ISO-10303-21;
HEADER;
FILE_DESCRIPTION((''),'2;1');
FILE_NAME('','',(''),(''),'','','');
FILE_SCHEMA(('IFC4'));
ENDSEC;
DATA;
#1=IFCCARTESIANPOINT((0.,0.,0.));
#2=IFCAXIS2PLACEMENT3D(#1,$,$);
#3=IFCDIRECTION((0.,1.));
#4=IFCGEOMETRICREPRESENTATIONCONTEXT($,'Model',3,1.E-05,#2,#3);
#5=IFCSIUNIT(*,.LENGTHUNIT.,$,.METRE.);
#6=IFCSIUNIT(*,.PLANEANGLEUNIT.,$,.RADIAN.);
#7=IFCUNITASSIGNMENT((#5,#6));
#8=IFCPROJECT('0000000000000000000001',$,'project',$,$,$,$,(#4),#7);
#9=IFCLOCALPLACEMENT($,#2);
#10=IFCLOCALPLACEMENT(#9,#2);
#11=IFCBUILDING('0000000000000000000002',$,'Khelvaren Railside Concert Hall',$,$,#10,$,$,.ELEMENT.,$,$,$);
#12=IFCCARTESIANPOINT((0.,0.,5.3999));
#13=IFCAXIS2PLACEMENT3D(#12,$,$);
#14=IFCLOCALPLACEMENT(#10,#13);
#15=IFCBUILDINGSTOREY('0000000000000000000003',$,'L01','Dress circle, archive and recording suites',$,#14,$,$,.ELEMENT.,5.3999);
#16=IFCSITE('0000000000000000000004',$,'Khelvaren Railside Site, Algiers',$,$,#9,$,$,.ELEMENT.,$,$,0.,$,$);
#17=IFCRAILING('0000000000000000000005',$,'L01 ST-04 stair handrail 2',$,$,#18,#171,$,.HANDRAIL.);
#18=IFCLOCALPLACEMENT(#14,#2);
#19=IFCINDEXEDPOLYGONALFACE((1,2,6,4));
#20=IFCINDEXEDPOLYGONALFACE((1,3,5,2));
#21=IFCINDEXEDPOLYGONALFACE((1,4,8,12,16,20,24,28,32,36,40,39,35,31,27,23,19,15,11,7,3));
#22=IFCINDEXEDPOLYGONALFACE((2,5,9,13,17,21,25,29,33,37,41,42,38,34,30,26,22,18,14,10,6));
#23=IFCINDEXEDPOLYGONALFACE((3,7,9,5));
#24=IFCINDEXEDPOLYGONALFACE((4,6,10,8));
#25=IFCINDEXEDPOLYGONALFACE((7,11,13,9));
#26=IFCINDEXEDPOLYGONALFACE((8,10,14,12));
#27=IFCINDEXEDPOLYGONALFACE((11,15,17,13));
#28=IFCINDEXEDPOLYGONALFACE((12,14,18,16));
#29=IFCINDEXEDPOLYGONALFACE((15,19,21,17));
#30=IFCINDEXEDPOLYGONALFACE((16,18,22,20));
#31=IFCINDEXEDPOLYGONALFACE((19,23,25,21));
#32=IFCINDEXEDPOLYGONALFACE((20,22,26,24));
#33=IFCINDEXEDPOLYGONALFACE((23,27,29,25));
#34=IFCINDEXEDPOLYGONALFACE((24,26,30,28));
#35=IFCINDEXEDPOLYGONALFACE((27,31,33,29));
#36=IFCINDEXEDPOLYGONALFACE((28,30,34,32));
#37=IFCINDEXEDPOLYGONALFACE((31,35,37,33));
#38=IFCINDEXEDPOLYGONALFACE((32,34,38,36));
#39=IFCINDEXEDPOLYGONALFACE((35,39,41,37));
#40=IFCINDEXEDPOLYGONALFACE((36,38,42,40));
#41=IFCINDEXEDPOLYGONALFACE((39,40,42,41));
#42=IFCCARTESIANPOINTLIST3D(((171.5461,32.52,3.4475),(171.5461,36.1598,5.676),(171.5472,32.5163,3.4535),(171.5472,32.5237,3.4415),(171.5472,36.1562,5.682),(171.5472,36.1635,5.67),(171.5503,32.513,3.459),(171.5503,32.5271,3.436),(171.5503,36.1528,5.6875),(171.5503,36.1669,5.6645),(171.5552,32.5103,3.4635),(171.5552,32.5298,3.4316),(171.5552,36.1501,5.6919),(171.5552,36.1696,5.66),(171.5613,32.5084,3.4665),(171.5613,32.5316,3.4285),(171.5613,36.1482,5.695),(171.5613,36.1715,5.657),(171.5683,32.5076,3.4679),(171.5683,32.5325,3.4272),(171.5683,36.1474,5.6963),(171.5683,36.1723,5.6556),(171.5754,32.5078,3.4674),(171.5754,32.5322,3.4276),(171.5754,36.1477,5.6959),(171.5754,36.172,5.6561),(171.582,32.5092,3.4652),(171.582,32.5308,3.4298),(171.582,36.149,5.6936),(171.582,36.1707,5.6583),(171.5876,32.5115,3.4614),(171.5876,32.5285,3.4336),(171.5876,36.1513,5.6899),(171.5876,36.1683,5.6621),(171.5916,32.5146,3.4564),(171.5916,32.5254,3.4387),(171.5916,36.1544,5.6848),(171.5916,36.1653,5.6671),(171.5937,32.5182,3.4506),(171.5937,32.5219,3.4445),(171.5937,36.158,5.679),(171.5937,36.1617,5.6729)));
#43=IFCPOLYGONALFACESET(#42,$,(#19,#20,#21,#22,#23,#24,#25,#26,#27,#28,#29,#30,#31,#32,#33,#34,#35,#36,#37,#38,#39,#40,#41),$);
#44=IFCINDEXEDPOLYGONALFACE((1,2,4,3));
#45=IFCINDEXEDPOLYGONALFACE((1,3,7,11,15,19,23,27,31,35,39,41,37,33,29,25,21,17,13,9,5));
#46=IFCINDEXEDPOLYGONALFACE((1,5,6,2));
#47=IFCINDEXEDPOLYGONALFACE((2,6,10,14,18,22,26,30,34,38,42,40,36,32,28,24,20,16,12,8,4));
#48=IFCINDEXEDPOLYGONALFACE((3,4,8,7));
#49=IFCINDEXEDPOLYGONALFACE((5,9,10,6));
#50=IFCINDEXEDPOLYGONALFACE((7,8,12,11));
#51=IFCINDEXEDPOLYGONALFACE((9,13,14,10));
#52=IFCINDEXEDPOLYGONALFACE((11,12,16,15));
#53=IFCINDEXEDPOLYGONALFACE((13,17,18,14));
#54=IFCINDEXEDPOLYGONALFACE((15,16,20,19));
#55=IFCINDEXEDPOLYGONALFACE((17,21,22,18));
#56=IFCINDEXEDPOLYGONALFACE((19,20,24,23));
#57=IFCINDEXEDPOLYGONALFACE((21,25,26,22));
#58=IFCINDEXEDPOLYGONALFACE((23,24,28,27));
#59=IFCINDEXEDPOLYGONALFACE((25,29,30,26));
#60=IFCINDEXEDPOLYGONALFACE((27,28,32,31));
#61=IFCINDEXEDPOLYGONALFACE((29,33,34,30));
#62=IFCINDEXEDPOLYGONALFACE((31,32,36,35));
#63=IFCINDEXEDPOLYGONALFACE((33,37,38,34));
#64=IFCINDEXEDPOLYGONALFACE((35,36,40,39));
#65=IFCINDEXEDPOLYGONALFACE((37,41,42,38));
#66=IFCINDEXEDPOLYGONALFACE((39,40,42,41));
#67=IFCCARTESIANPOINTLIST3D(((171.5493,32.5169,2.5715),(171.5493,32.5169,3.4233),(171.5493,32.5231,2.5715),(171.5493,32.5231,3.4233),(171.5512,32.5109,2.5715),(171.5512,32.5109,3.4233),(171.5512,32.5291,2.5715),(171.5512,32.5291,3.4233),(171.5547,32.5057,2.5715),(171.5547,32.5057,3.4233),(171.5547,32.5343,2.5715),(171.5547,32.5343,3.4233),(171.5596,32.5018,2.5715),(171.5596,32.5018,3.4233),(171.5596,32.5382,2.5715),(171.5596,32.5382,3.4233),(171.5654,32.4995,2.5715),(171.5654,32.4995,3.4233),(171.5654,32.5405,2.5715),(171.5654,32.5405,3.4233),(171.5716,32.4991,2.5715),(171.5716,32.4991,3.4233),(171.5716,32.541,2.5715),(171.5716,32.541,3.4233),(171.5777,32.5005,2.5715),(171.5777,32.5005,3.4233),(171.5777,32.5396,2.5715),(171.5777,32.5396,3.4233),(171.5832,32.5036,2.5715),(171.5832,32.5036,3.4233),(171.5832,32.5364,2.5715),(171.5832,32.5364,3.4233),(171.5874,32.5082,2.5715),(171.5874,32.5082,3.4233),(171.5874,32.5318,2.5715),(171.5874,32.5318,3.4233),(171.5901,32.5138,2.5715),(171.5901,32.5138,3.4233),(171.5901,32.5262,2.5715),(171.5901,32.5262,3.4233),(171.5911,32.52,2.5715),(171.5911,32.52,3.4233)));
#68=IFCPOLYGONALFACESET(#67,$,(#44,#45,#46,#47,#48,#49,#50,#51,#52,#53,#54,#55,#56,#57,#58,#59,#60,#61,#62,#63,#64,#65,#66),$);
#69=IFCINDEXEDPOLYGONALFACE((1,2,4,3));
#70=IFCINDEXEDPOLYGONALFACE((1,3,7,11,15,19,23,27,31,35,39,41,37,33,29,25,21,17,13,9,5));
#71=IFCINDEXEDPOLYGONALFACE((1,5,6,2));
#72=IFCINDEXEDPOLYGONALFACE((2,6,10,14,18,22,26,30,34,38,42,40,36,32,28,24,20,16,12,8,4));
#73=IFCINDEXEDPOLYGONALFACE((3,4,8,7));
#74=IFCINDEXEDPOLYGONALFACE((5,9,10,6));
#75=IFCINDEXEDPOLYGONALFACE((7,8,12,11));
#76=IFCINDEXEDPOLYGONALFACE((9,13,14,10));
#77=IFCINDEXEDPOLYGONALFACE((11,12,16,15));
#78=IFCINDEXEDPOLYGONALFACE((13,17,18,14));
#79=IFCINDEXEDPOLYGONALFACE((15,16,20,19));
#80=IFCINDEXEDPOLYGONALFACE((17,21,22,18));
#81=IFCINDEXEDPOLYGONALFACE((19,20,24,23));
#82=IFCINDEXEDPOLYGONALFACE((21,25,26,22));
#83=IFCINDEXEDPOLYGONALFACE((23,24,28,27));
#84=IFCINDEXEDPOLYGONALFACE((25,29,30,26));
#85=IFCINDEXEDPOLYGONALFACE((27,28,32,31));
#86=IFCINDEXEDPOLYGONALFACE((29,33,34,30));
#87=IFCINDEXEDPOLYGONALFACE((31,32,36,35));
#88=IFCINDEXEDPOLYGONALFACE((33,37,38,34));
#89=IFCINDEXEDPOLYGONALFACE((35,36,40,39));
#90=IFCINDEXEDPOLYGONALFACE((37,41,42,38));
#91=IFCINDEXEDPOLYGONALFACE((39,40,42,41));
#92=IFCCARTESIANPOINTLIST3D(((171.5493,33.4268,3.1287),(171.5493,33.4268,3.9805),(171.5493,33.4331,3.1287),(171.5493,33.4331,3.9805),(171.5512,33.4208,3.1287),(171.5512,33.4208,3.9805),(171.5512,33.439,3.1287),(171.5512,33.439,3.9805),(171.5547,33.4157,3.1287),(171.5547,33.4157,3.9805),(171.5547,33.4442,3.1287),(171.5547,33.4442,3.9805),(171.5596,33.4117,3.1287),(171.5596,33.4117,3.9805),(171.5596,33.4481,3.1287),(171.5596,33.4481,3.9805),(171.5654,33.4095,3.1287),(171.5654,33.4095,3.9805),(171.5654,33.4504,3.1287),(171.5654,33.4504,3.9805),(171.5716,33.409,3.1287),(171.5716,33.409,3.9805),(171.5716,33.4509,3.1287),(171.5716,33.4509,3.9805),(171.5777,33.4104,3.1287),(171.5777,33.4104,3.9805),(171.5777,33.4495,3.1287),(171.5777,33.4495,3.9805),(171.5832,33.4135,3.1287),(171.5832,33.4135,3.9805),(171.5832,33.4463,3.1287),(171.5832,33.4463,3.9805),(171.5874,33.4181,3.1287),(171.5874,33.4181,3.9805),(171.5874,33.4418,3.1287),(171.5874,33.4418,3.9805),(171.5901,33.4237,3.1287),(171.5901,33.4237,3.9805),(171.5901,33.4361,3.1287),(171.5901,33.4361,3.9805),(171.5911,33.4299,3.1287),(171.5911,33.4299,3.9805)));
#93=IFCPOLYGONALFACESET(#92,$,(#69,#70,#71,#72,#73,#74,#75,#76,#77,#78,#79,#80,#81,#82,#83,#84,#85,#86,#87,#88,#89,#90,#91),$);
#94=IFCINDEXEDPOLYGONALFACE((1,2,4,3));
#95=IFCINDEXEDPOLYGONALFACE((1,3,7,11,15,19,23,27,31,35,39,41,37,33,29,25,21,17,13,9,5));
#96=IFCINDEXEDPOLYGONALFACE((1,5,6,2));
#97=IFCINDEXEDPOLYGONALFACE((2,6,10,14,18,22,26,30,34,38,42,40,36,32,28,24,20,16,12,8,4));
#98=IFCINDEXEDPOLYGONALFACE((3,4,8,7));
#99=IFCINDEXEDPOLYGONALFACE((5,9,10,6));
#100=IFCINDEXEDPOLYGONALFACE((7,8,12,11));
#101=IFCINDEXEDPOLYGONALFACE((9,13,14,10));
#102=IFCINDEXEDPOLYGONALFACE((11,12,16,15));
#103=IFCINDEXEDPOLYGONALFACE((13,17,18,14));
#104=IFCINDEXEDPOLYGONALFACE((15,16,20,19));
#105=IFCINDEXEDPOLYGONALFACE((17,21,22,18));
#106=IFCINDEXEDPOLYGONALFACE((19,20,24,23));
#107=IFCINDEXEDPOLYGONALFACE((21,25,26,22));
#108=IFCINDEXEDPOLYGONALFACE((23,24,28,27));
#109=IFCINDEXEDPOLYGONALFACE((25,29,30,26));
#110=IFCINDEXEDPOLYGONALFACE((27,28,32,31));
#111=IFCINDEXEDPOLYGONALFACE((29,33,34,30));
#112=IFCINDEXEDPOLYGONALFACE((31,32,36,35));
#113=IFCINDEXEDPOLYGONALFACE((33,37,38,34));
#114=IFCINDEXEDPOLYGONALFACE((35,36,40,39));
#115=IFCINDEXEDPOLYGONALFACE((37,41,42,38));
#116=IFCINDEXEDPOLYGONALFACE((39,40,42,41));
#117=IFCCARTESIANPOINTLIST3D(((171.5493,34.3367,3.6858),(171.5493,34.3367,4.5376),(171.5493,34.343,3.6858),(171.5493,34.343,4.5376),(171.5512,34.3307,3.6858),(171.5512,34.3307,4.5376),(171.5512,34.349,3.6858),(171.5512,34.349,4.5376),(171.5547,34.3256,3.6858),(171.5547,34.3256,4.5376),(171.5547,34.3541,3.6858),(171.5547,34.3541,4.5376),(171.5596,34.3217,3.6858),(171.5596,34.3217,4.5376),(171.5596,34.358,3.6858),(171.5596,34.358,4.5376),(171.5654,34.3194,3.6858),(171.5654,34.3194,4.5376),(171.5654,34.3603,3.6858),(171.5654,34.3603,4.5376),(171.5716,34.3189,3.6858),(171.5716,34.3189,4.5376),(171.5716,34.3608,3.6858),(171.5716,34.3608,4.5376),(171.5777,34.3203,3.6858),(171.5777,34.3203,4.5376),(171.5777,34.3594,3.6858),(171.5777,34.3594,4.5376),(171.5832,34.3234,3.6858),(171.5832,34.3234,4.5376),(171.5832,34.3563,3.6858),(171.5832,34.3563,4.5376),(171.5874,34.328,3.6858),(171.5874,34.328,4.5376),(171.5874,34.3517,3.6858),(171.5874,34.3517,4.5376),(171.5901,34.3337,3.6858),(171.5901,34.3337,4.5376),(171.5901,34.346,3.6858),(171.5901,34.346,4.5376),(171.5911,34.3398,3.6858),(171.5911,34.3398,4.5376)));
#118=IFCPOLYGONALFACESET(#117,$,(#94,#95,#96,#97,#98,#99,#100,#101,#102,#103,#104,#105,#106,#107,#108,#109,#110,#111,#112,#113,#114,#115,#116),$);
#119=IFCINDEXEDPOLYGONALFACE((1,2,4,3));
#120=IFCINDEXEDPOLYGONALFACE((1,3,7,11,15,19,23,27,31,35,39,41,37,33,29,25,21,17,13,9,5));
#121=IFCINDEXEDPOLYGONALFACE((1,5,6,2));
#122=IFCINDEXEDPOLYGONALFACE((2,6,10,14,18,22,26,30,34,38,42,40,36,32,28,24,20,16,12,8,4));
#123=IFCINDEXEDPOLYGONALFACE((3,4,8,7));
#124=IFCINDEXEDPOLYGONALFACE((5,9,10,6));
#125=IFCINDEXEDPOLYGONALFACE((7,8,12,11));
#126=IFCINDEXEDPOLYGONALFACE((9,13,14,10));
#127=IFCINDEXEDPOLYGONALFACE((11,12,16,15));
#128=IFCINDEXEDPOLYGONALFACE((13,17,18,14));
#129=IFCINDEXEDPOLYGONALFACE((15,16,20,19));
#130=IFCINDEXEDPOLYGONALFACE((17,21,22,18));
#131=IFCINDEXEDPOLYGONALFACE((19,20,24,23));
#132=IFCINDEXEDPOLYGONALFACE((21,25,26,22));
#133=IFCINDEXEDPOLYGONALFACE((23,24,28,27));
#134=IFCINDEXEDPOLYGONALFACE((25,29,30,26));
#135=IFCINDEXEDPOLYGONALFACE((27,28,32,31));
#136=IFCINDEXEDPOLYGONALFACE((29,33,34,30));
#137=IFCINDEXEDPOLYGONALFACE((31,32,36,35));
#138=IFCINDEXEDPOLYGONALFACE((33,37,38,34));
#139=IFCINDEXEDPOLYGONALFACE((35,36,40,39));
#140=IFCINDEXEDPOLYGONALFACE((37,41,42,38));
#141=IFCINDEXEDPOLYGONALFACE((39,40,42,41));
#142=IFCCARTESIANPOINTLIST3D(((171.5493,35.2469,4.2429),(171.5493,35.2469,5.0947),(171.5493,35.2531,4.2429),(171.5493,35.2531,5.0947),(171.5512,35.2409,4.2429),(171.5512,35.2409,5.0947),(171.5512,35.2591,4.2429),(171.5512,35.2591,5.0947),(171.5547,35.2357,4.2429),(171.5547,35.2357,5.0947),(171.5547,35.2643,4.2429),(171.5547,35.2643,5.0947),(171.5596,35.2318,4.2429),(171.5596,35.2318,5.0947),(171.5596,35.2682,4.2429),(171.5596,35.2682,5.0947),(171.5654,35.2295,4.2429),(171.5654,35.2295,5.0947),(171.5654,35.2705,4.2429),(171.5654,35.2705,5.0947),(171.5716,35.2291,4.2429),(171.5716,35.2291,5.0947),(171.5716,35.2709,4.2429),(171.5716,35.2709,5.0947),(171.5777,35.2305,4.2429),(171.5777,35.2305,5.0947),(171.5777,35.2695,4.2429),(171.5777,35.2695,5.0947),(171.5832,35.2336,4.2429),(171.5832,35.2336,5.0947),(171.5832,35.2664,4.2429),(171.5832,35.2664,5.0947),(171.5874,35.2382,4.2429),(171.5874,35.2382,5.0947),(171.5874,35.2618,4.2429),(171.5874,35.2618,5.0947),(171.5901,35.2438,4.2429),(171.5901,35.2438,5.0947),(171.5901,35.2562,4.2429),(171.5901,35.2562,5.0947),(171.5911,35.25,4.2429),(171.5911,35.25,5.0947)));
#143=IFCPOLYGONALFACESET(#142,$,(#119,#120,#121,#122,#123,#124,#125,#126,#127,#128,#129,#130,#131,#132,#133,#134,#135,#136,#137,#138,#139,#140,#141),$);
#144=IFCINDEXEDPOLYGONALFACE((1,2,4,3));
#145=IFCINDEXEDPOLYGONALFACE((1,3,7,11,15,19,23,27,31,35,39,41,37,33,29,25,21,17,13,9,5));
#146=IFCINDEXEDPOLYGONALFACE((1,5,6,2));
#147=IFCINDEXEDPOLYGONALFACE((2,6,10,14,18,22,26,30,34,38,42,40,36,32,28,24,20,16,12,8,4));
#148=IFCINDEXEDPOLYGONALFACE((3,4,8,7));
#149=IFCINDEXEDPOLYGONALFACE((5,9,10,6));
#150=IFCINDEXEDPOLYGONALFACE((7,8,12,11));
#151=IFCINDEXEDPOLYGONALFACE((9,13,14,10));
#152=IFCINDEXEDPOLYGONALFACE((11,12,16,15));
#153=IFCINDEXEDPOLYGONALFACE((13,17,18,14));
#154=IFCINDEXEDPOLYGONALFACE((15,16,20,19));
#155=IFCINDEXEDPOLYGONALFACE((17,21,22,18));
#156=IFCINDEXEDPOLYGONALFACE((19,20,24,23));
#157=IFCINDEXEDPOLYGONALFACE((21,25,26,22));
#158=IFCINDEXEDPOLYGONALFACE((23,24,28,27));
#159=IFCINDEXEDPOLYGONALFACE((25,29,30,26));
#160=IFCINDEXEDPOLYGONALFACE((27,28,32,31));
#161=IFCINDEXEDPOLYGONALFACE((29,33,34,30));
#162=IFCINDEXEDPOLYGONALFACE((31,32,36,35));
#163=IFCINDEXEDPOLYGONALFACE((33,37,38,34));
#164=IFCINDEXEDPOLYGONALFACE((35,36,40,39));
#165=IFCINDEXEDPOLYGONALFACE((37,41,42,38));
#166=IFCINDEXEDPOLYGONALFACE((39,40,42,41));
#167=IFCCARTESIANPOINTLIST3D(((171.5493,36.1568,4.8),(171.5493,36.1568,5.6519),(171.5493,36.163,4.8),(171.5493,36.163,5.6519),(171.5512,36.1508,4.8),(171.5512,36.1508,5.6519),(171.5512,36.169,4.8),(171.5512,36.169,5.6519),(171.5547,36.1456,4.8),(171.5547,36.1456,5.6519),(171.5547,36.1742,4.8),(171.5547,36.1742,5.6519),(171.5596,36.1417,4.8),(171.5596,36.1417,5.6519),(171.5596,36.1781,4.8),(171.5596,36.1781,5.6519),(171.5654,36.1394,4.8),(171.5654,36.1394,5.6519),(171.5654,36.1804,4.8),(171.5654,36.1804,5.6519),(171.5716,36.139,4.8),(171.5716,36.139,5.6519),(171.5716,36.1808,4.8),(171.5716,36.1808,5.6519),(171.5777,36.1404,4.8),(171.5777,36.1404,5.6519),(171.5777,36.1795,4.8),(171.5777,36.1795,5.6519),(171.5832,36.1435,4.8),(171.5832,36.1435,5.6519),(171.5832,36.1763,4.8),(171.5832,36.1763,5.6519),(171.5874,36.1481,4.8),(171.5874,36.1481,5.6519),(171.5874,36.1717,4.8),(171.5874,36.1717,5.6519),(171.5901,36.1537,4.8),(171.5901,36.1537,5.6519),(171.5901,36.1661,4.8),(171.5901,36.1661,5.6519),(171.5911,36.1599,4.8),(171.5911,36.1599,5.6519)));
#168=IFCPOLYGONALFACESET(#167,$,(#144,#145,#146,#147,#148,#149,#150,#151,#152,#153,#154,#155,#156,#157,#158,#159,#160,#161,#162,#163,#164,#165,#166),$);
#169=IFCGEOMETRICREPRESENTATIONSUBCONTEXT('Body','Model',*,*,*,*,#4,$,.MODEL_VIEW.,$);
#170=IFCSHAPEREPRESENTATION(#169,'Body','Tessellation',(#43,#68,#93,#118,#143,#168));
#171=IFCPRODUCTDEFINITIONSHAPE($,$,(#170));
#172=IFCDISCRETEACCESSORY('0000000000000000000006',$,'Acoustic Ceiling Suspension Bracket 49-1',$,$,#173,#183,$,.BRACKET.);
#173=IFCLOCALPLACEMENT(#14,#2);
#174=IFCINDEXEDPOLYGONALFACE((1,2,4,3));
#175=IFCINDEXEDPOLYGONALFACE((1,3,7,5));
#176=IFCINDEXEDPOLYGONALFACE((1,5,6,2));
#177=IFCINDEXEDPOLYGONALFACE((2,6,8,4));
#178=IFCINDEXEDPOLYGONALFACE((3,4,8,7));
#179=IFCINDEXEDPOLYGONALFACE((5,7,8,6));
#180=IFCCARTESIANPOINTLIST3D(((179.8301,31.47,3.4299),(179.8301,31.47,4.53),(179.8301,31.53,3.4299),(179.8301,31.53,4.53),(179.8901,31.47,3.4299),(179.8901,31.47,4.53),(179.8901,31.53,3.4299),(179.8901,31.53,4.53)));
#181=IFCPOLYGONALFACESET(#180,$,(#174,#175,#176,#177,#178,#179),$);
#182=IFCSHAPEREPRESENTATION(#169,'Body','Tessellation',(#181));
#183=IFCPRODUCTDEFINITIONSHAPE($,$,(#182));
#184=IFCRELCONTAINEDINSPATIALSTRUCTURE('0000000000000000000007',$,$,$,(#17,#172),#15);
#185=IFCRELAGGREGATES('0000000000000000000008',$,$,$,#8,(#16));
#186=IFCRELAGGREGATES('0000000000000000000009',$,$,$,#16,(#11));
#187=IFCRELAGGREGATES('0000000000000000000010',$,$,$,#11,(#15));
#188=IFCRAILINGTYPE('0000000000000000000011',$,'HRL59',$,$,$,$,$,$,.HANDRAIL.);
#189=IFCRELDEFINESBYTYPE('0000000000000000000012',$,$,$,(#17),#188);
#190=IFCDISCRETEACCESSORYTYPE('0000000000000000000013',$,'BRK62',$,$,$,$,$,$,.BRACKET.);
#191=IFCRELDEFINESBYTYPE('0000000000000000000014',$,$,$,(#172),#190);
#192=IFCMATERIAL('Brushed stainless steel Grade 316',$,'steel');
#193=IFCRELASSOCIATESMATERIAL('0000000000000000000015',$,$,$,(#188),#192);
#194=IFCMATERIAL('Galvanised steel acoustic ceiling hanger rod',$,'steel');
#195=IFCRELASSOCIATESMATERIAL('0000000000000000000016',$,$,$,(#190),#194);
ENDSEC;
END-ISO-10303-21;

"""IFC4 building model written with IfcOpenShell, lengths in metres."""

from ifc_helpers import new_model, si_unit, direction, frame, origin, origin_2d, place, context, subcontext, project, spatial, rectangle, circle, extrude, material, type_object, element, save


model = new_model("IFC4")

# Units and contexts
model_context = context("Model", 3, precision=1e-05, world=origin(), true_north=direction((0.0, 1.0)))
body_context = subcontext(model_context, "Body", "Model", "MODEL_VIEW")
ifc_project = project(units=[si_unit("LENGTHUNIT", "METRE"), si_unit("PLANEANGLEUNIT", "RADIAN")], contexts=[model_context])

# Site, building, storey
site_placement = place(None, origin())
site = spatial("IfcSite", under=ifc_project, at=site_placement, Name="Khelvaren Railside Site, Algiers", CompositionType="ELEMENT", RefElevation=0.0)
building_placement = place(site_placement, origin())
building = spatial("IfcBuilding", under=site, at=building_placement, Name="Khelvaren Railside Concert Hall", CompositionType="ELEMENT")
storey_placement = place(building_placement, frame((0.0, 0.0, 5.3999)))
storey = spatial("IfcBuildingStorey", under=building, at=storey_placement, Name="L01", Description="Dress circle, archive and recording suites", CompositionType="ELEMENT", Elevation=5.3999)

# Railing
ifc_material_1 = material(Name="Brushed stainless steel Grade 316", Category="steel")
railing_type_1 = type_object("IfcRailingType", Name="HRL59", PredefinedType="HANDRAIL", material=ifc_material_1)
railing_1_placement = place(storey_placement, frame((171.5701, 32.52, 2.5715)))
element("IfcRailing", 1, at=railing_1_placement, inside=storey, type_object=railing_type_1, Name="L01 ST-04 stair handrail 2", PredefinedType="HANDRAIL", context=body_context, shape_type="SweptSolid", body=[
    extrude(circle(Radius=0.0239, at=origin_2d()), frame((0.0, 0.0, 0.876), z_axis=(0.0, 0.85285, 0.522156), x_axis=(-1.0, 0.0, 0.0)), (0.0, 0.0, 1.0), 4.2678),
    extrude(circle(Radius=0.021, at=origin_2d()), origin(), (0.0, 0.0, 1.0), 0.8518),
    extrude(circle(Radius=0.021, at=origin_2d()), frame((0.0, 0.9099, 0.5571)), (0.0, 0.0, 1.0), 0.8518),
    extrude(circle(Radius=0.021, at=origin_2d()), frame((0.0, 1.8198, 1.1143)), (0.0, 0.0, 1.0), 0.8518),
    extrude(circle(Radius=0.021, at=origin_2d()), frame((0.0, 2.73, 1.6714)), (0.0, 0.0, 1.0), 0.8518),
    extrude(circle(Radius=0.021, at=origin_2d()), frame((0.0, 3.6399, 2.2285)), (0.0, 0.0, 1.0), 0.8518),
])

# Discrete accessory
ifc_material_2 = material(Name="Galvanised steel acoustic ceiling hanger rod", Category="steel")
discrete_accessory_type = type_object("IfcDiscreteAccessoryType", Name="BRK62", PredefinedType="BRACKET", material=ifc_material_2)
discrete_accessory_placement = place(storey_placement, frame((179.8601, 31.5, 3.4299), z_axis=(0.0, 0.0, 1.0), x_axis=(1.0, 0.0, 0.0)))
element("IfcDiscreteAccessory", 2, at=discrete_accessory_placement, inside=storey, type_object=discrete_accessory_type, Name="Acoustic Ceiling Suspension Bracket 49-1", PredefinedType="BRACKET", context=body_context, shape_type="SweptSolid", body=[
    extrude(rectangle(XDim=0.0601, YDim=0.0601, at=origin_2d()), origin(), (0.0, 0.0, 1.0), 1.1001),
])

save(model, "model.ifc")
